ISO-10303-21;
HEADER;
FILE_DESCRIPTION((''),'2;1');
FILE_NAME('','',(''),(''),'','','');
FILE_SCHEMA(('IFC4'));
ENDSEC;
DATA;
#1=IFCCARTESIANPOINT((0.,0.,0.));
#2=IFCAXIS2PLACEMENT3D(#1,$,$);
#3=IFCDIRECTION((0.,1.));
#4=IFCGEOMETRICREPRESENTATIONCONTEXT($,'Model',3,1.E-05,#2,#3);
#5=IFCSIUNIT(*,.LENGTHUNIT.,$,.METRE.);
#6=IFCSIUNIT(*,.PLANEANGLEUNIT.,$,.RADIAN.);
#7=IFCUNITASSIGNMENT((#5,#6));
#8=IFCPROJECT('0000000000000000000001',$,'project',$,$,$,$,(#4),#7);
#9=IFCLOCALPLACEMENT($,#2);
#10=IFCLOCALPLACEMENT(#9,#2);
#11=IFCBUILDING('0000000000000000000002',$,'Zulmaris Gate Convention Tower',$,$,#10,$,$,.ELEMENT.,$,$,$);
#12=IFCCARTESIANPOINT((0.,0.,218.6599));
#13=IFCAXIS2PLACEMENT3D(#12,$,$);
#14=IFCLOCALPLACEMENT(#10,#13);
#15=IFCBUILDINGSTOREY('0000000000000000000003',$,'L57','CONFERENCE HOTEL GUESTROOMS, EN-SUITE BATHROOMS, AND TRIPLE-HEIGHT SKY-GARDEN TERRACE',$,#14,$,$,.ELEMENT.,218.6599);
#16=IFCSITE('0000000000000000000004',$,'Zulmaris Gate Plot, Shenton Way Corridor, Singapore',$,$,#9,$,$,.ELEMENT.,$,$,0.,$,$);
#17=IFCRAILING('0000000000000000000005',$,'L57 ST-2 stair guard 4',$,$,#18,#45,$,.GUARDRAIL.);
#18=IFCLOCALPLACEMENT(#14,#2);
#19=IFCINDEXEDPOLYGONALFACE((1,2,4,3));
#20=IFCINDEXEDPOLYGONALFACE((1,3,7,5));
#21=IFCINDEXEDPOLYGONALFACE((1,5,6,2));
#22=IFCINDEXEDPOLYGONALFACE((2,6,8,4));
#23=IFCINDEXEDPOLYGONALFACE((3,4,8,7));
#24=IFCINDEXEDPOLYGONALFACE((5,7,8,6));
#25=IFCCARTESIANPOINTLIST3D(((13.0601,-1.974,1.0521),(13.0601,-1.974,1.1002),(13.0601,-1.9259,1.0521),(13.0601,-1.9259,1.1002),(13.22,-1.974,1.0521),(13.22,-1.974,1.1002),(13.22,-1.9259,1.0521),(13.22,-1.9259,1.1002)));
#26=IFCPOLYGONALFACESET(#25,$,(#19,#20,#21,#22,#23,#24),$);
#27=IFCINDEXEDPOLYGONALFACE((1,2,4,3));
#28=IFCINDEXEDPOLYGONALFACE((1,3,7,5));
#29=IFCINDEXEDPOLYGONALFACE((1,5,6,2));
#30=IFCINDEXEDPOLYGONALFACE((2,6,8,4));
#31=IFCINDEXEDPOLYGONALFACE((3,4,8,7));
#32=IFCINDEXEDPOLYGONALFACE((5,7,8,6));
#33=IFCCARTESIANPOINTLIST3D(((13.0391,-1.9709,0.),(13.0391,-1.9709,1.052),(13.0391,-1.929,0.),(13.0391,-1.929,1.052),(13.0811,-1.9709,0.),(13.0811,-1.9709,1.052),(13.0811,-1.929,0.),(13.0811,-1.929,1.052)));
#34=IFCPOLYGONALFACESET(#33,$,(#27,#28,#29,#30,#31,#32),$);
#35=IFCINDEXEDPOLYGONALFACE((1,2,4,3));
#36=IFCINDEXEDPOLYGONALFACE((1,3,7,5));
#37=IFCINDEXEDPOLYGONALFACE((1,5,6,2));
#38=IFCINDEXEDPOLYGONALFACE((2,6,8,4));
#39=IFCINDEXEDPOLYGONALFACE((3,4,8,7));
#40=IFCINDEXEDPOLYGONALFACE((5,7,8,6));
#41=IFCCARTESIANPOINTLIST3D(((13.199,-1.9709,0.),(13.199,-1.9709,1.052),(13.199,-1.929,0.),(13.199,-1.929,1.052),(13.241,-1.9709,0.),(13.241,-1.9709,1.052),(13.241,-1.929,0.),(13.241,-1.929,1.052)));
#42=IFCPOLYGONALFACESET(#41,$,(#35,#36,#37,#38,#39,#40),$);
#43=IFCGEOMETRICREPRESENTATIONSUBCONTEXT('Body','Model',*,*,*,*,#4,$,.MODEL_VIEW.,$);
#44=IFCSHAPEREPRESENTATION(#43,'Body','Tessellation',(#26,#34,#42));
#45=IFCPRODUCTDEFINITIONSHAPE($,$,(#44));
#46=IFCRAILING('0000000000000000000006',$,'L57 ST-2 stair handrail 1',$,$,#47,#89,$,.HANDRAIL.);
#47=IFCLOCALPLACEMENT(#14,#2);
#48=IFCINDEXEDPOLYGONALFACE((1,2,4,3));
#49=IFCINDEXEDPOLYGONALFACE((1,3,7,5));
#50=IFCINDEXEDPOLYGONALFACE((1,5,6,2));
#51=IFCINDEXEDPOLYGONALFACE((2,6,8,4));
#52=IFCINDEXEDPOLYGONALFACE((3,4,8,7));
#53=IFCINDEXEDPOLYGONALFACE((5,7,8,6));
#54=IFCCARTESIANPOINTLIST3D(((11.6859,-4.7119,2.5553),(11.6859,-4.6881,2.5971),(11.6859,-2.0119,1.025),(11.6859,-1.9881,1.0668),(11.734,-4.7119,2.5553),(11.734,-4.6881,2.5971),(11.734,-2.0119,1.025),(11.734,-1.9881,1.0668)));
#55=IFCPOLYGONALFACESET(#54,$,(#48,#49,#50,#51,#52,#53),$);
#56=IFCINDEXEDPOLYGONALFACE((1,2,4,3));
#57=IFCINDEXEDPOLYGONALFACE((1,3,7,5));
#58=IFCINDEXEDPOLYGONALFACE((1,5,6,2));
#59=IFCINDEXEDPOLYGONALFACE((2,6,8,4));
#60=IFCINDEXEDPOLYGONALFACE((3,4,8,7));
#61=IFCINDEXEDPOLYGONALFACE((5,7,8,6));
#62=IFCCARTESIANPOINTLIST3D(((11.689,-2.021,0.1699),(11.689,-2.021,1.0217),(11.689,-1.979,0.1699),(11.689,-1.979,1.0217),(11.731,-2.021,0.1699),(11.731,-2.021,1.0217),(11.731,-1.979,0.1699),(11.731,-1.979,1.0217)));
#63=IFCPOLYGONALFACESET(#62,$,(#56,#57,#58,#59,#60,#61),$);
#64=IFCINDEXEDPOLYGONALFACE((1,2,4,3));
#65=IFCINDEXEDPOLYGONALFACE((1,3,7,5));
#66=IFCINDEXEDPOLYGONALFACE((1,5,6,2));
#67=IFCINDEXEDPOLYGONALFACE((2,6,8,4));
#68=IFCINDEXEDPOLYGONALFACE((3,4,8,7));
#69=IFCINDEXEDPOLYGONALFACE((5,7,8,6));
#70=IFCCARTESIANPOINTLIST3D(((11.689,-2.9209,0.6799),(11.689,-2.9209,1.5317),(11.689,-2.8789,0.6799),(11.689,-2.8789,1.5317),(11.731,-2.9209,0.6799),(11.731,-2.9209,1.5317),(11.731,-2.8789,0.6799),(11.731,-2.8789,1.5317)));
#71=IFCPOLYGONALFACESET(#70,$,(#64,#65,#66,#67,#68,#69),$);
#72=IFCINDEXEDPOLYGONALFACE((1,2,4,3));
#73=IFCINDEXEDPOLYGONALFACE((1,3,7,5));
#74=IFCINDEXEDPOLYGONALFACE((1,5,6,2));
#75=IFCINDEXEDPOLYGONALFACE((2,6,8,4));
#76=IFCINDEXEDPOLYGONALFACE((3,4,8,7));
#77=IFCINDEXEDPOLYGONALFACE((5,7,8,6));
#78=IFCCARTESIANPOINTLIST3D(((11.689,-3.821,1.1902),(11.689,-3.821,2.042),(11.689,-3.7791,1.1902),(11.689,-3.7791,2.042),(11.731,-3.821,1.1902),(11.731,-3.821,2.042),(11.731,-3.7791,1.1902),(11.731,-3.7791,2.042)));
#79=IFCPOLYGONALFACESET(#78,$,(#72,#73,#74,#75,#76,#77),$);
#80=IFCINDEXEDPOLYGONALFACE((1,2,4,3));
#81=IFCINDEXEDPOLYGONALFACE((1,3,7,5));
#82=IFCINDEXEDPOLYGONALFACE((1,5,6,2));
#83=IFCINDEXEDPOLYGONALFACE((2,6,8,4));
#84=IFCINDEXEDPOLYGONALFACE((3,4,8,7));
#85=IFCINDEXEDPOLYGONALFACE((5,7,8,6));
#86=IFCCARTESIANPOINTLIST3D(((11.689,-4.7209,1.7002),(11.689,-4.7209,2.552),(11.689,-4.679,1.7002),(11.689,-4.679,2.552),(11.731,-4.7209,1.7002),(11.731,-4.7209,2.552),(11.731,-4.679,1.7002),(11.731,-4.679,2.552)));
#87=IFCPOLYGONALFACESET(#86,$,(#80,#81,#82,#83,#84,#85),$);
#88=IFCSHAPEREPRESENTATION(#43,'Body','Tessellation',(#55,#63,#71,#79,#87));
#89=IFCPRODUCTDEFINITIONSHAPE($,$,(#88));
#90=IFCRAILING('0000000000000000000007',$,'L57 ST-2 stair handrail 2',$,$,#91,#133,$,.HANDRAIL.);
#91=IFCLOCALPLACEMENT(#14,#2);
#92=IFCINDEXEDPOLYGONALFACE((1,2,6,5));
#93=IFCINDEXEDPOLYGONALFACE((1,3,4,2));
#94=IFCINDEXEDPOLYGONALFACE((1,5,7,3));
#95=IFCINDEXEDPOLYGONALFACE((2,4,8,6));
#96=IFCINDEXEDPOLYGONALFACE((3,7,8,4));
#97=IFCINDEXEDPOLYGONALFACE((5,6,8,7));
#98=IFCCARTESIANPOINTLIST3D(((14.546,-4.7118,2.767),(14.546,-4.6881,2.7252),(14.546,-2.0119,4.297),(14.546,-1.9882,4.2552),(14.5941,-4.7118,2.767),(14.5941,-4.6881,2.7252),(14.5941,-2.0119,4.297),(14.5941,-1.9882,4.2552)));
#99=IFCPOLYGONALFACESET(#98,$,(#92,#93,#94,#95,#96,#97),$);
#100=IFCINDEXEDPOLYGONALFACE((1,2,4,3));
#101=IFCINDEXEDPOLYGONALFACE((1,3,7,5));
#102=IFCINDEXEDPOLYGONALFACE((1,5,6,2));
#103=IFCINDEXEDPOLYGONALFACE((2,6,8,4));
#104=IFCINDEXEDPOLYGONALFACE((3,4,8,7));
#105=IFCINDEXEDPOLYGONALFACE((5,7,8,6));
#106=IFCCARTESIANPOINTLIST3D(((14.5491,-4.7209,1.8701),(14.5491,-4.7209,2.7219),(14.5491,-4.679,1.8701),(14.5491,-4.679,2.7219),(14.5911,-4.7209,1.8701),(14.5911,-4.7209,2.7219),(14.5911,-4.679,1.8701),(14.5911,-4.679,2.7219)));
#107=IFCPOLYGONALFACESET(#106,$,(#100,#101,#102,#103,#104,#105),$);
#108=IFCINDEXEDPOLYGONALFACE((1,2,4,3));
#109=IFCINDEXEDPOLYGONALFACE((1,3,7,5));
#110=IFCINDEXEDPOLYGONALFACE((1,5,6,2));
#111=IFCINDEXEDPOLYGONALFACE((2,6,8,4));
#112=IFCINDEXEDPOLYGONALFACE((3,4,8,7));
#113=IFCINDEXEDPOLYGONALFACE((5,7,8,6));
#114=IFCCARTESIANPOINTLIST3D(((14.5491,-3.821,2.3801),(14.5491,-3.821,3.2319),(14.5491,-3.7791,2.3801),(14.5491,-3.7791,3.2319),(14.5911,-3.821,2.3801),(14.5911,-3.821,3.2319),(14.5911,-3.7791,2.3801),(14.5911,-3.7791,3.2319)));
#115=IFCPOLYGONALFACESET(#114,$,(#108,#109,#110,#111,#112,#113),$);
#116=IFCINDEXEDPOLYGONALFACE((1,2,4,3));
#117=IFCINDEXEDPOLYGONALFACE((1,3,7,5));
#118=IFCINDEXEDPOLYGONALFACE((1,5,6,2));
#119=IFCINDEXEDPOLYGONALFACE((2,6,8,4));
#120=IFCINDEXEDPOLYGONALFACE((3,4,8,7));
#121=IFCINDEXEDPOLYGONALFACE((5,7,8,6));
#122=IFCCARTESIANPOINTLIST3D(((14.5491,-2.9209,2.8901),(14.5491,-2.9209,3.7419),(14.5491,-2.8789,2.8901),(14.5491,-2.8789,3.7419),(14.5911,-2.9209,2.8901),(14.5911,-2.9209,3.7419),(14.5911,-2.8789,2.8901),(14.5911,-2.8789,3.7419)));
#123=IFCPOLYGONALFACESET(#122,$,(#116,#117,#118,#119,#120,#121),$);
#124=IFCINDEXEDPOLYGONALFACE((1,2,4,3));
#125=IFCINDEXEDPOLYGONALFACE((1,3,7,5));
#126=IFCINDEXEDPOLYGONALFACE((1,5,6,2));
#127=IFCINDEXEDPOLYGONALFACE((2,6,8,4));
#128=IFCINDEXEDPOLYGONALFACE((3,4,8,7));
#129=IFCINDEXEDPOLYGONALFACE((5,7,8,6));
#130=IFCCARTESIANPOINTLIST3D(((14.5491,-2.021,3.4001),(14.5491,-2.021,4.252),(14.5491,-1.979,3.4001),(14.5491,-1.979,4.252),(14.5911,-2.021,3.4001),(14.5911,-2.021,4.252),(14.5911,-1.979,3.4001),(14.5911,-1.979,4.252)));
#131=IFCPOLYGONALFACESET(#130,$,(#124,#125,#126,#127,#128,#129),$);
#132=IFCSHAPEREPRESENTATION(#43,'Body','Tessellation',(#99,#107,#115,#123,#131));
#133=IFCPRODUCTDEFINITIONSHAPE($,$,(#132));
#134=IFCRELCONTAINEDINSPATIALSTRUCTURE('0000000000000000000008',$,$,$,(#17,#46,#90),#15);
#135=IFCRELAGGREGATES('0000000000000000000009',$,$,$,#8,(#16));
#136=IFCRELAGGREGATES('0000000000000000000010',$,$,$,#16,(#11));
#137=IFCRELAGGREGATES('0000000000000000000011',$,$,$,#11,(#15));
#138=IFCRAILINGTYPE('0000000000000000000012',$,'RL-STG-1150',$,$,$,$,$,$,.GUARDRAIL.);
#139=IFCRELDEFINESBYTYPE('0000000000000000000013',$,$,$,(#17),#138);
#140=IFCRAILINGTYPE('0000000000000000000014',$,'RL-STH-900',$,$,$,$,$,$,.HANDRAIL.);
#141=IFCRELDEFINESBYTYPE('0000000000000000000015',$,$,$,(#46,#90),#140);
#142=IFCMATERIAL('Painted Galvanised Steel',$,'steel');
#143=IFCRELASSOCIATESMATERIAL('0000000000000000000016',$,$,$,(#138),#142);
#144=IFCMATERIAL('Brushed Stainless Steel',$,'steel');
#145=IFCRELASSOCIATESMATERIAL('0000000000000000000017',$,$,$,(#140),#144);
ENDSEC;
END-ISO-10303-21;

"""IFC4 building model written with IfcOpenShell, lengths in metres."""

from ifc_helpers import new_model, si_unit, direction, frame, origin, origin_2d, place, context, subcontext, project, spatial, rectangle, extrude, material, type_object, element, save


model = new_model("IFC4")

# Units and contexts
model_context = context("Model", 3, precision=1e-05, world=origin(), true_north=direction((0.0, 1.0)))
body_context = subcontext(model_context, "Body", "Model", "MODEL_VIEW")
ifc_project = project(units=[si_unit("LENGTHUNIT", "METRE"), si_unit("PLANEANGLEUNIT", "RADIAN")], contexts=[model_context])

# Site, building, storey
site_placement = place(None, origin())
site = spatial("IfcSite", under=ifc_project, at=site_placement, Name="Zulmaris Gate Plot, Shenton Way Corridor, Singapore", CompositionType="ELEMENT", RefElevation=0.0)
building_placement = place(site_placement, origin())
building = spatial("IfcBuilding", under=site, at=building_placement, Name="Zulmaris Gate Convention Tower", CompositionType="ELEMENT")
storey_placement = place(building_placement, frame((0.0, 0.0, 218.6599)))
storey = spatial("IfcBuildingStorey", under=building, at=storey_placement, Name="L57", Description="CONFERENCE HOTEL GUESTROOMS, EN-SUITE BATHROOMS, AND TRIPLE-HEIGHT SKY-GARDEN TERRACE", CompositionType="ELEMENT", Elevation=218.6599)

# Railings
ifc_material_1 = material(Name="Painted Galvanised Steel", Category="steel")
railing_type_1 = type_object("IfcRailingType", Name="RL-STG-1150", PredefinedType="GUARDRAIL", material=ifc_material_1)
railing_1_placement = place(storey_placement, frame((13.0601, -1.95, 0.0)))
element("IfcRailing", 1, at=railing_1_placement, inside=storey, type_object=railing_type_1, Name="L57 ST-2 stair guard 4", PredefinedType="GUARDRAIL", context=body_context, shape_type="SweptSolid", body=[
    extrude(rectangle(XDim=0.0481, YDim=0.0481, at=origin_2d()), frame((0.0, 0.0, 1.0762), z_axis=(1.0, 0.0, 0.0), x_axis=(0.0, 1.0, 0.0)), (0.0, 0.0, 1.0), 0.1599),
    extrude(rectangle(XDim=0.042, YDim=0.042, at=origin_2d()), origin(), (0.0, 0.0, 1.0), 1.052),
    extrude(rectangle(XDim=0.042, YDim=0.042, at=origin_2d()), frame((0.1599, 0.0, 0.0)), (0.0, 0.0, 1.0), 1.052),
])
ifc_material_2 = material(Name="Brushed Stainless Steel", Category="steel")
railing_type_2 = type_object("IfcRailingType", Name="RL-STH-900", PredefinedType="HANDRAIL", material=ifc_material_2)
railing_2_placement = place(storey_placement, frame((11.71, -2.0, 0.1699)))
element("IfcRailing", 2, at=railing_2_placement, inside=storey, type_object=railing_type_2, Name="L57 ST-2 stair handrail 1", PredefinedType="HANDRAIL", context=body_context, shape_type="SweptSolid", body=[
    extrude(rectangle(XDim=0.0481, YDim=0.0481, at=origin_2d()), frame((0.0, 0.0, 0.876), z_axis=(0.0, -0.869981, 0.493086), x_axis=(1.0, 0.0, 0.0)), (0.0, 0.0, 1.0), 3.1035),
    extrude(rectangle(XDim=0.042, YDim=0.042, at=origin_2d()), origin(), (0.0, 0.0, 1.0), 0.8518),
    extrude(rectangle(XDim=0.042, YDim=0.042, at=origin_2d()), frame((0.0, -0.8999, 0.51)), (0.0, 0.0, 1.0), 0.8518),
    extrude(rectangle(XDim=0.042, YDim=0.042, at=origin_2d()), frame((0.0, -1.8, 1.0203)), (0.0, 0.0, 1.0), 0.8518),
    extrude(rectangle(XDim=0.042, YDim=0.042, at=origin_2d()), frame((0.0, -2.7, 1.5303)), (0.0, 0.0, 1.0), 0.8518),
])
railing_3_placement = place(storey_placement, frame((14.5701, -4.7, 1.8701)))
element("IfcRailing", 3, at=railing_3_placement, inside=storey, type_object=railing_type_2, Name="L57 ST-2 stair handrail 2", PredefinedType="HANDRAIL", context=body_context, shape_type="SweptSolid", body=[
    extrude(rectangle(XDim=0.0481, YDim=0.0481, at=origin_2d()), frame((0.0, 0.0, 0.876), z_axis=(0.0, 0.870014, 0.493026), x_axis=(-1.0, 0.0, 0.0)), (0.0, 0.0, 1.0), 3.1033),
    extrude(rectangle(XDim=0.042, YDim=0.042, at=origin_2d()), origin(), (0.0, 0.0, 1.0), 0.8518),
    extrude(rectangle(XDim=0.042, YDim=0.042, at=origin_2d()), frame((0.0, 0.8999, 0.51)), (0.0, 0.0, 1.0), 0.8518),
    extrude(rectangle(XDim=0.042, YDim=0.042, at=origin_2d()), frame((0.0, 1.8, 1.02)), (0.0, 0.0, 1.0), 0.8518),
    extrude(rectangle(XDim=0.042, YDim=0.042, at=origin_2d()), frame((0.0, 2.7, 1.53)), (0.0, 0.0, 1.0), 0.8518),
])

save(model, "model.ifc")
